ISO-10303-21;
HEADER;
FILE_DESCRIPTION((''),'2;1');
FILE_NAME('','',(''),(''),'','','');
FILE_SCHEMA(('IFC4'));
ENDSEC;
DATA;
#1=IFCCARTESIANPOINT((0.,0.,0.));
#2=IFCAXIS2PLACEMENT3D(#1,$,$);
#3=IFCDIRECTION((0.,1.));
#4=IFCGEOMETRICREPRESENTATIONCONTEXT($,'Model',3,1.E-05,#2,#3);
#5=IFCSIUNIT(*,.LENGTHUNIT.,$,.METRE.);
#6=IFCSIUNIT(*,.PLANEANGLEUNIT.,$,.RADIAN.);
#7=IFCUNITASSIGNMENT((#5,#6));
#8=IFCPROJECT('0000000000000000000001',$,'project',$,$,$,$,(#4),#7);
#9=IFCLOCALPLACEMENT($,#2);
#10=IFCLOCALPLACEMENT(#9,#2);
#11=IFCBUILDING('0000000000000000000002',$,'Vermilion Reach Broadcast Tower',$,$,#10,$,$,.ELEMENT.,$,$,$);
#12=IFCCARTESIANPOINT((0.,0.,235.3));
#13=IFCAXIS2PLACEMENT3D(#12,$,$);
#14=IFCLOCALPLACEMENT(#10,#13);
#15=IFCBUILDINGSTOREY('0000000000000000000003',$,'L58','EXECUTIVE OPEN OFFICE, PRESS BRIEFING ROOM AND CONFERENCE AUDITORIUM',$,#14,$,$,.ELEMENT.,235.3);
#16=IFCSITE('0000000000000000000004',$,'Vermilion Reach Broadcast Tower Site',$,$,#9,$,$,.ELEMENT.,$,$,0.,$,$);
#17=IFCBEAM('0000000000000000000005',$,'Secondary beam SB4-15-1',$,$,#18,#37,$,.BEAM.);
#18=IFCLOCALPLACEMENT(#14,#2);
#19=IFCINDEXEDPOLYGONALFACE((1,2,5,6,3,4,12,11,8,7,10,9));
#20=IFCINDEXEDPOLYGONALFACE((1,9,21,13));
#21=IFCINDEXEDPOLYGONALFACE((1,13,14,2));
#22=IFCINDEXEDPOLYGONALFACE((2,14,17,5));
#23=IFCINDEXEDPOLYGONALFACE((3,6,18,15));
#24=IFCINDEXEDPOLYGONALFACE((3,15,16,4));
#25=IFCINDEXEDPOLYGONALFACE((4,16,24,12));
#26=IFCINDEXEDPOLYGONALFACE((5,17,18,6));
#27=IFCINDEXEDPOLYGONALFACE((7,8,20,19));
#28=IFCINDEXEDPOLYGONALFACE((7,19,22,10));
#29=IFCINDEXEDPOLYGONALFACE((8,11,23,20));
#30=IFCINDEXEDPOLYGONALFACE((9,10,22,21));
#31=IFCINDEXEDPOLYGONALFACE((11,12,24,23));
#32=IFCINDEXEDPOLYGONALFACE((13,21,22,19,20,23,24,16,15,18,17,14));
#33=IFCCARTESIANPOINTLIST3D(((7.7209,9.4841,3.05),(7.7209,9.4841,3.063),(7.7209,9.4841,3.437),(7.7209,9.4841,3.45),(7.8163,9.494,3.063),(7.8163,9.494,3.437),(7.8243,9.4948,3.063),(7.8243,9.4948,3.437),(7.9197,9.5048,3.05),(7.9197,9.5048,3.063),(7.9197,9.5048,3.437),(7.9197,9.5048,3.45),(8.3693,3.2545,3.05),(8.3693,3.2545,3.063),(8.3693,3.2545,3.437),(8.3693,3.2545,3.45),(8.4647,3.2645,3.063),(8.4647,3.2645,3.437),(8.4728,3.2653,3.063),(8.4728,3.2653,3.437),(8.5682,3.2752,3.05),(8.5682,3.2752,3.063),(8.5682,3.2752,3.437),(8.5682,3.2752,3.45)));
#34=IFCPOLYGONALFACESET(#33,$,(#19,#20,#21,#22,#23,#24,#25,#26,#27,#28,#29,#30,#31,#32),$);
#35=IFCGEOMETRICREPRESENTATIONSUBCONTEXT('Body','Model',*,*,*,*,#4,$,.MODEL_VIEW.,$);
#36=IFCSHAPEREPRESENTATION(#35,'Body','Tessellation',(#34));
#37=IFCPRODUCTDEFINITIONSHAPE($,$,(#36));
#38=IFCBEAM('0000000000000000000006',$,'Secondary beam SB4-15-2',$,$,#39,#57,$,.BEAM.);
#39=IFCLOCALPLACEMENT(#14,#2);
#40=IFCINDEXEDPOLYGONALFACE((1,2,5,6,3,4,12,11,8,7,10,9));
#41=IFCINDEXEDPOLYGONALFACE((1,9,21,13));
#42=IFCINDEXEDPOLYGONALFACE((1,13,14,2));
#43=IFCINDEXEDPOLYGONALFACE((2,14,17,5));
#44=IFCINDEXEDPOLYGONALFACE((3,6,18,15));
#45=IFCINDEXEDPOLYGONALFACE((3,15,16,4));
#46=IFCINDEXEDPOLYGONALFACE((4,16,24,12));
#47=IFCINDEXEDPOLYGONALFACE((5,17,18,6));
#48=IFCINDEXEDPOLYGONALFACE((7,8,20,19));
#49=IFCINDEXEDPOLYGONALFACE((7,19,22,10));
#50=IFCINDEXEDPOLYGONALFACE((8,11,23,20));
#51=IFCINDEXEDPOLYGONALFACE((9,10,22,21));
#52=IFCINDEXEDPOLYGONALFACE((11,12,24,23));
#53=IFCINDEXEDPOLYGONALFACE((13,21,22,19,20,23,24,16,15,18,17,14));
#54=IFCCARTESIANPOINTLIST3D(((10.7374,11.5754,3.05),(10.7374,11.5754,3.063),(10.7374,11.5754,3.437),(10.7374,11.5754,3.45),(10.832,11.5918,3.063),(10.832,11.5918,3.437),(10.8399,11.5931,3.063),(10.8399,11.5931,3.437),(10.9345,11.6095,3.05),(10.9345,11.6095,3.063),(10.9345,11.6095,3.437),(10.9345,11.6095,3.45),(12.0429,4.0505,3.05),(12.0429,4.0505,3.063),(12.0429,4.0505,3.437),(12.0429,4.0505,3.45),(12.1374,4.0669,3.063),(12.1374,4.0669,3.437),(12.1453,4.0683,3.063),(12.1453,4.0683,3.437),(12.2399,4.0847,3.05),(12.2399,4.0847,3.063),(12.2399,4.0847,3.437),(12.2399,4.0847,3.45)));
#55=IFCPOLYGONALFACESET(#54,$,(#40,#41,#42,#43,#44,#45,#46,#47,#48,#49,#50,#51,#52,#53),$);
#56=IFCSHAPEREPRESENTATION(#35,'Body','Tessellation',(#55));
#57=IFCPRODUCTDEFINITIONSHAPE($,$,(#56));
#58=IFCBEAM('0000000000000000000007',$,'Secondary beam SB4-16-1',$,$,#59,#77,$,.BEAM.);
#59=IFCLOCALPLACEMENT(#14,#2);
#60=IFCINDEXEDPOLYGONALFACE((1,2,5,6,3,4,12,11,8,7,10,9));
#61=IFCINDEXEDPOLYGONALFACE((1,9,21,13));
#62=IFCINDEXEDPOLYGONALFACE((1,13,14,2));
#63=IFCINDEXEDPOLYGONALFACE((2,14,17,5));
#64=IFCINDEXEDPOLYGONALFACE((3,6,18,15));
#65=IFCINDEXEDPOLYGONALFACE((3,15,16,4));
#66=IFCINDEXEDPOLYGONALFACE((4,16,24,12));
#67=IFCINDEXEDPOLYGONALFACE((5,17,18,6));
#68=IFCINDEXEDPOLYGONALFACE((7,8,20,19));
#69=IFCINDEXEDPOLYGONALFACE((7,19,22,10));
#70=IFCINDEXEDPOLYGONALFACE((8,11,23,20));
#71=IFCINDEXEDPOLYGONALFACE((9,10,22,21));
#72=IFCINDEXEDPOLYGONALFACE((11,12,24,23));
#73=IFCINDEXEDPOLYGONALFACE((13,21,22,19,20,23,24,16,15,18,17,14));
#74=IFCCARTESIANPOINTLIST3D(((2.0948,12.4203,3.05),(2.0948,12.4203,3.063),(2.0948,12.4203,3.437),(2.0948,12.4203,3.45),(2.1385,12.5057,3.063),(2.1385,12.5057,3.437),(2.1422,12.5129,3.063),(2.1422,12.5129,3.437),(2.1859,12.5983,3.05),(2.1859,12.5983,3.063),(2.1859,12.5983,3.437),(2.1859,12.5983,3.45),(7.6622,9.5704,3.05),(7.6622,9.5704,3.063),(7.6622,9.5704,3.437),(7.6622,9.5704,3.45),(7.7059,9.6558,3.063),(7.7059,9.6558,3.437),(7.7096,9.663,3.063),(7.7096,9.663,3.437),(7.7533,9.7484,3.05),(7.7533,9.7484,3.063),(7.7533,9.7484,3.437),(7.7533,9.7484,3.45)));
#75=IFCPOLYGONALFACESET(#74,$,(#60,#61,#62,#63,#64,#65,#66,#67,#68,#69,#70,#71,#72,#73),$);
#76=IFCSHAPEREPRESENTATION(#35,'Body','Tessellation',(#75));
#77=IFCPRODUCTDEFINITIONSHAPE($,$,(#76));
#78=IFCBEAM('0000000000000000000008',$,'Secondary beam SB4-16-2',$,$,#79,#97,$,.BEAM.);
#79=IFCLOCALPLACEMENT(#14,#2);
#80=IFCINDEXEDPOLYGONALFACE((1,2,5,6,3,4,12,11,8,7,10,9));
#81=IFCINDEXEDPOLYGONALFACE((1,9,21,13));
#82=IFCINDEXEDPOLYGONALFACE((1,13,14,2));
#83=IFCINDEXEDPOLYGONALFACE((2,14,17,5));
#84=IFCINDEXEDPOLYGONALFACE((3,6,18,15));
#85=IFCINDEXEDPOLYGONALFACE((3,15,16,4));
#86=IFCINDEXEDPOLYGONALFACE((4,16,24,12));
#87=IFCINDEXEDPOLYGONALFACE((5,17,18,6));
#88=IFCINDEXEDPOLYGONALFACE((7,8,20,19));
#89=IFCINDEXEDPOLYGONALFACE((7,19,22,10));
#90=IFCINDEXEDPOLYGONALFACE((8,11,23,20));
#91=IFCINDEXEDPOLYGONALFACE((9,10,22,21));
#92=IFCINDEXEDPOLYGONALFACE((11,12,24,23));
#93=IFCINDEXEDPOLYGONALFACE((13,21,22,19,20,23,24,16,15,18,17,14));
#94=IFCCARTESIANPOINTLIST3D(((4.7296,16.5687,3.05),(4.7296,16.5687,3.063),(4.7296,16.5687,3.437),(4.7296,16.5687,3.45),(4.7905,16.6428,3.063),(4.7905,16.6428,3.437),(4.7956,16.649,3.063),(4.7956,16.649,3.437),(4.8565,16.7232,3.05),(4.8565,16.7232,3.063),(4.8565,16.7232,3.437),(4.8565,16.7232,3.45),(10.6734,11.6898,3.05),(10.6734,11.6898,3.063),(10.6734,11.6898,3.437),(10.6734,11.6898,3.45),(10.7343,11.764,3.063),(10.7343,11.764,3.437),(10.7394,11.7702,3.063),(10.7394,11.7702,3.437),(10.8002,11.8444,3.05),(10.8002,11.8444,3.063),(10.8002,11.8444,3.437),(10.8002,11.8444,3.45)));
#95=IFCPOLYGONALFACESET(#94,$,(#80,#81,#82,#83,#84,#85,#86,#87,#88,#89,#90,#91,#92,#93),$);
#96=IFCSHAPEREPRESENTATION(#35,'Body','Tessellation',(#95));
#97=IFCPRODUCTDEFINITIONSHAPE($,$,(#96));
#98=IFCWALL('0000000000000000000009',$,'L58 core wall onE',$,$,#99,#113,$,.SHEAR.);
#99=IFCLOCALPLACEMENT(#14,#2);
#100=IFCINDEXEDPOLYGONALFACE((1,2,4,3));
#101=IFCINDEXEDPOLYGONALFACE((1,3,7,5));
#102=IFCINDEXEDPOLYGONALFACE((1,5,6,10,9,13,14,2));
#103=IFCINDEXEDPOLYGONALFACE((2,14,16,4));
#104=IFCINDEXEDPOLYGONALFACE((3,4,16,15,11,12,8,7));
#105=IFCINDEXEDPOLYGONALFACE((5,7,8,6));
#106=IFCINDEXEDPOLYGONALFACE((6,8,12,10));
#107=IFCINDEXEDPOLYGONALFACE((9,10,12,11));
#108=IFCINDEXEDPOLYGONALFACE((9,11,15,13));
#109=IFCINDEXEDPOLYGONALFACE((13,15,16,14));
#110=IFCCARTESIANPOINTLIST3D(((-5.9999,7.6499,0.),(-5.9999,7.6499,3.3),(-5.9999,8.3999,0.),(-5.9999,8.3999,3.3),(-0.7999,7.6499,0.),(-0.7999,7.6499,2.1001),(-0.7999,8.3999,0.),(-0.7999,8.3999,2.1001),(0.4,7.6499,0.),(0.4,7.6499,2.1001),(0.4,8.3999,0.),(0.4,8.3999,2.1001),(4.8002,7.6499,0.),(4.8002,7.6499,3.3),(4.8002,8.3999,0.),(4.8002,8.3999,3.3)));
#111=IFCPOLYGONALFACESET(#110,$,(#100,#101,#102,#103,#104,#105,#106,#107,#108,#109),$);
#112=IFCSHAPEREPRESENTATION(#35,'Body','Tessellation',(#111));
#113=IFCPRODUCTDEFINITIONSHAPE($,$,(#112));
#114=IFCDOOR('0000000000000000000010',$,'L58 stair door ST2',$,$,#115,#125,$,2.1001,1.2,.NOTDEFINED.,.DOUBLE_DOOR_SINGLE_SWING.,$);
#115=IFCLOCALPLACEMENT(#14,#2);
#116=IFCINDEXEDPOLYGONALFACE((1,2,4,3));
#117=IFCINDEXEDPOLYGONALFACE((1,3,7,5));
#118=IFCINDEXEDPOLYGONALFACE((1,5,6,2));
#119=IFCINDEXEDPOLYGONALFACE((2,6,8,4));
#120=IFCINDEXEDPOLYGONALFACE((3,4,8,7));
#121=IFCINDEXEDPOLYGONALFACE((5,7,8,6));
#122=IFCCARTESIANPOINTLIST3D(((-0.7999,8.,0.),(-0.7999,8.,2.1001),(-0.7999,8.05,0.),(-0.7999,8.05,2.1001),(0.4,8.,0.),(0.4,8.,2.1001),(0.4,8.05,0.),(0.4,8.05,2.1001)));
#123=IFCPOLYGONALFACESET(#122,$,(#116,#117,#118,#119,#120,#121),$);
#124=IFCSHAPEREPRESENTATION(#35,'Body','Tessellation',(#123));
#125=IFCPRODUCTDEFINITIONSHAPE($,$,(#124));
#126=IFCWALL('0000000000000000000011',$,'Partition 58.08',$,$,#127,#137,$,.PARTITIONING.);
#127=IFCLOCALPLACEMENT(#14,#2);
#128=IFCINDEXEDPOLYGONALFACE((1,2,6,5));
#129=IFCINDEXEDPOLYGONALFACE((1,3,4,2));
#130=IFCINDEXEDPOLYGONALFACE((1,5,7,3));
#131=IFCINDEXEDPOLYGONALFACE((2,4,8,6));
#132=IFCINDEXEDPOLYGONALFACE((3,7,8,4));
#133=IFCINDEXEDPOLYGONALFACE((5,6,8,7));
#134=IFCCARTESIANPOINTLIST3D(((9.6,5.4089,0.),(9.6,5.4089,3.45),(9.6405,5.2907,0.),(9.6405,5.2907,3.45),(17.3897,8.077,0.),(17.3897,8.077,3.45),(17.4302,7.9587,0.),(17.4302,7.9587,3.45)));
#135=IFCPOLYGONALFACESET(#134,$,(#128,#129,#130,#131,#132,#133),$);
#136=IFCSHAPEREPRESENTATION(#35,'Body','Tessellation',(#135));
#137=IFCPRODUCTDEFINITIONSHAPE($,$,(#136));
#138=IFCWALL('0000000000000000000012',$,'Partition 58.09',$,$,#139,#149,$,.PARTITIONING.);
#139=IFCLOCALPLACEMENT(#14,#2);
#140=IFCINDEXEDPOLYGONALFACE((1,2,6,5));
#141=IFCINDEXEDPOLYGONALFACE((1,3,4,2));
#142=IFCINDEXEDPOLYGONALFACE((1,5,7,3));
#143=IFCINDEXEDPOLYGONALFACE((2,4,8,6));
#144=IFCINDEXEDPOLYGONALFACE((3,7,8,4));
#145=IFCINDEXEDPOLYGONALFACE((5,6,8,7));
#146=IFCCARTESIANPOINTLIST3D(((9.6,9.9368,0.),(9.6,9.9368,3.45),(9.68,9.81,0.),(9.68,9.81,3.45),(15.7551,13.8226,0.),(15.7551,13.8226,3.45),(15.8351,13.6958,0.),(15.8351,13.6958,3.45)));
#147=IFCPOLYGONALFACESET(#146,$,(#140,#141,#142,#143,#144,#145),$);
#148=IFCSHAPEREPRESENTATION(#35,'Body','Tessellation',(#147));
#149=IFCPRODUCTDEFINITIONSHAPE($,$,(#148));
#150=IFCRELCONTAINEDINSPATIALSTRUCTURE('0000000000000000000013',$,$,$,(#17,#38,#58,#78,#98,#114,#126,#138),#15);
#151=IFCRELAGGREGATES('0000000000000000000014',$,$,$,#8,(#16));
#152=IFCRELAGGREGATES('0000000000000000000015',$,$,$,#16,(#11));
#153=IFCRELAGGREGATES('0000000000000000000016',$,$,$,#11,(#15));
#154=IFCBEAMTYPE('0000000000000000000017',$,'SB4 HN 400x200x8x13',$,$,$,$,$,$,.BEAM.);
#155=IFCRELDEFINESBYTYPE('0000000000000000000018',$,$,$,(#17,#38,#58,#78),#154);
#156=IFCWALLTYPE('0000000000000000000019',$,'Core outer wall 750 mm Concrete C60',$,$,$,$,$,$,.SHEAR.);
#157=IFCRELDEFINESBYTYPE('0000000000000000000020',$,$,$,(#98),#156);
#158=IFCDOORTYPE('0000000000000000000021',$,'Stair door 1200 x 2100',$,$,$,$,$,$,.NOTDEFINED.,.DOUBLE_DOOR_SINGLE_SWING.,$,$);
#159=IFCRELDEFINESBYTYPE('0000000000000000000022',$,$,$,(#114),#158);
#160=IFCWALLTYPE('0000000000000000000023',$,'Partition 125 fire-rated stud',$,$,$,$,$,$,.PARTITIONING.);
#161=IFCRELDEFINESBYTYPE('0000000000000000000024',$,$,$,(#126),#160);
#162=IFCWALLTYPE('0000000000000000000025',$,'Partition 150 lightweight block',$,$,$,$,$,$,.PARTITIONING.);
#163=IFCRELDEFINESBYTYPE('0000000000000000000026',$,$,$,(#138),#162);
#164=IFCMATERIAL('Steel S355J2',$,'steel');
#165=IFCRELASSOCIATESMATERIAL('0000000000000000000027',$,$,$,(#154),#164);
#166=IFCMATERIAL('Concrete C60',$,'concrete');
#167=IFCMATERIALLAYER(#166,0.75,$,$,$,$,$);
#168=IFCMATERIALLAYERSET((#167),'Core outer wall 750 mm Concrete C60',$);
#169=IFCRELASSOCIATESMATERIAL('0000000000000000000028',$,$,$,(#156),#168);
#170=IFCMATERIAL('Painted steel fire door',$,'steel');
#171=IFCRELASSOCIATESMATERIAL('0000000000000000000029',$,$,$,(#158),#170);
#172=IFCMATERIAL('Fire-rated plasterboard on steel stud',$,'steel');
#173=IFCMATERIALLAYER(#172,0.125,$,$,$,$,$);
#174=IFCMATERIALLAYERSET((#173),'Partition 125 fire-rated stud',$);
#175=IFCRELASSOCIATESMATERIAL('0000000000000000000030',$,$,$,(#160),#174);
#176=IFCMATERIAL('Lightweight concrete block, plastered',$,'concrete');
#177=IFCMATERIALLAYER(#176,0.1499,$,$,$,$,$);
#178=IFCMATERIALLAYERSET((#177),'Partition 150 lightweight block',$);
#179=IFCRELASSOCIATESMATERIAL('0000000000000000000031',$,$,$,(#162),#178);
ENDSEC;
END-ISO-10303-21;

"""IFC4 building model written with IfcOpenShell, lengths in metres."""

from ifc_helpers import new_model, si_unit, direction, frame, frame_2d, origin, origin_2d, place, context, subcontext, project, spatial, rectangle, i_section, extrude, material, layer, layer_set, material_profile, profile_set, type_object, element, fill, save


model = new_model("IFC4")

# Units and contexts
model_context = context("Model", 3, precision=1e-05, world=origin(), true_north=direction((0.0, 1.0)))
body_context = subcontext(model_context, "Body", "Model", "MODEL_VIEW")
ifc_project = project(units=[si_unit("LENGTHUNIT", "METRE"), si_unit("PLANEANGLEUNIT", "RADIAN")], contexts=[model_context])

# Site, building, storey
site_placement = place(None, origin())
site = spatial("IfcSite", under=ifc_project, at=site_placement, Name="Vermilion Reach Broadcast Tower Site", CompositionType="ELEMENT", RefElevation=0.0)
building_placement = place(site_placement, origin())
building = spatial("IfcBuilding", under=site, at=building_placement, Name="Vermilion Reach Broadcast Tower", CompositionType="ELEMENT")
storey_placement = place(building_placement, frame((0.0, 0.0, 235.3)))
storey = spatial("IfcBuildingStorey", under=building, at=storey_placement, Name="L58", Description="EXECUTIVE OPEN OFFICE, PRESS BRIEFING ROOM AND CONFERENCE AUDITORIUM", CompositionType="ELEMENT", Elevation=235.3)

# Beams
ifc_material_1 = material(Name="Steel S355J2", Category="steel")
ifc_material_profile_1 = material_profile(ifc_material_1, i_section(OverallWidth=0.2, OverallDepth=0.3999, WebThickness=0.0081, FlangeThickness=0.0129, at=origin_2d()), Name="S355J2 HN 400x200x8x13")
ifc_profile_set_1 = profile_set([ifc_material_profile_1], Name="Steel S355J2")
beam_type_1 = type_object("IfcBeamType", Name="SB4 HN 400x200x8x13", PredefinedType="BEAM", material=ifc_profile_set_1)
beam_1_placement = place(storey_placement, frame((8.4688, 3.2649, 3.25), z_axis=(-0.103532, 0.994626, 0.0), x_axis=(-0.994626, -0.103532, 0.0)))
element("IfcBeam", 1, at=beam_1_placement, inside=storey, type_object=beam_type_1, Name="Secondary beam SB4-15-1", PredefinedType="BEAM", context=body_context, shape_type="SweptSolid", body=[
    extrude(i_section(OverallWidth=0.2, OverallDepth=0.3999, WebThickness=0.0081, FlangeThickness=0.0129, at=origin_2d()), origin(), (0.0, 0.0, 1.0), 6.2632),
])
beam_2_placement = place(storey_placement, frame((12.1414, 4.0676, 3.25), z_axis=(-0.170927, 0.985284, 0.0), x_axis=(-0.985284, -0.170927, 0.0)))
element("IfcBeam", 2, at=beam_2_placement, inside=storey, type_object=beam_type_1, Name="Secondary beam SB4-15-2", PredefinedType="BEAM", context=body_context, shape_type="SweptSolid", body=[
    extrude(i_section(OverallWidth=0.2, OverallDepth=0.3999, WebThickness=0.0081, FlangeThickness=0.0129, at=origin_2d()), origin(), (0.0, 0.0, 1.0), 7.6372),
])
beam_3_placement = place(storey_placement, frame((7.7078, 9.6594, 3.25), z_axis=(-0.890156, 0.455656, 0.0), x_axis=(-0.455656, -0.890156, 0.0)))
element("IfcBeam", 3, at=beam_3_placement, inside=storey, type_object=beam_type_1, Name="Secondary beam SB4-16-1", PredefinedType="BEAM", context=body_context, shape_type="SweptSolid", body=[
    extrude(i_section(OverallWidth=0.2, OverallDepth=0.3999, WebThickness=0.0081, FlangeThickness=0.0129, at=origin_2d()), origin(), (0.0, 0.0, 1.0), 6.2544),
])
beam_4_placement = place(storey_placement, frame((10.7368, 11.7671, 3.25), z_axis=(-0.772952, 0.634465, 0.0), x_axis=(-0.634465, -0.772952, 0.0)))
element("IfcBeam", 4, at=beam_4_placement, inside=storey, type_object=beam_type_1, Name="Secondary beam SB4-16-2", PredefinedType="BEAM", context=body_context, shape_type="SweptSolid", body=[
    extrude(i_section(OverallWidth=0.2, OverallDepth=0.3999, WebThickness=0.0081, FlangeThickness=0.0129, at=origin_2d()), origin(), (0.0, 0.0, 1.0), 7.6897),
])

# Wall, opening, door
ifc_material_2 = material(Name="Concrete C60", Category="concrete")
ifc_layer_1 = layer(ifc_material_2, 0.75)
ifc_layer_set_1 = layer_set([ifc_layer_1], Name="Core outer wall 750 mm Concrete C60")
wall_type_1 = type_object("IfcWallType", Name="Core outer wall 750 mm Concrete C60", PredefinedType="SHEAR", material=ifc_layer_set_1)
wall_1_placement = place(storey_placement, frame((4.8, 8.0249, 0.0), z_axis=(0.0, 0.0, 1.0), x_axis=(-1.0, 0.0, 0.0)))
wall_1 = element("IfcWall", 5, at=wall_1_placement, inside=storey, type_object=wall_type_1, Name="L58 core wall onE", PredefinedType="SHEAR", context=body_context, shape_type="SweptSolid", body=[
    extrude(rectangle(XDim=10.8, YDim=0.75, at=frame_2d((5.3999, 0.0))), origin(), (0.0, 0.0, 1.0), 3.3),
])
opening_1_placement = place(wall_1_placement, frame((4.3999, 0.0, 0.0)))
opening_1 = element("IfcOpeningElement", 6, at=opening_1_placement, cuts=wall_1, PredefinedType="OPENING", context=body_context, shape_type="SweptSolid", body=[
    extrude(rectangle(XDim=1.2, YDim=2.1001, at=frame_2d((0.6001, 1.05))), frame((0.0, 0.385, 0.0), z_axis=(0.0, -1.0, 0.0), x_axis=(1.0, 0.0, 0.0)), (0.0, 0.0, 1.0), 0.77),
])
ifc_material_3 = material(Name="Painted steel fire door", Category="steel")
door_type_1 = type_object("IfcDoorType", Name="Stair door 1200 x 2100", OperationType="DOUBLE_DOOR_SINGLE_SWING", PredefinedType="NOTDEFINED", material=ifc_material_3)
door_1_placement = place(opening_1_placement, origin())
door_1 = element("IfcDoor", 7, at=door_1_placement, inside=storey, type_object=door_type_1, Name="L58 stair door ST2", OperationType="DOUBLE_DOOR_SINGLE_SWING", OverallHeight=2.1001, OverallWidth=1.2, PredefinedType="NOTDEFINED", context=body_context, shape_type="SweptSolid", body=[
    extrude(rectangle(XDim=1.2, YDim=2.1001, at=frame_2d((0.6001, 1.05))), frame((0.0, 0.0249, 0.0), z_axis=(0.0, -1.0, 0.0), x_axis=(1.0, 0.0, 0.0)), (0.0, 0.0, 1.0), 0.05),
])
fill(opening_1, door_1)

# Walls
ifc_material_4 = material(Name="Fire-rated plasterboard on steel stud", Category="steel")
ifc_layer_2 = layer(ifc_material_4, 0.125)
ifc_layer_set_2 = layer_set([ifc_layer_2], Name="Partition 125 fire-rated stud")
wall_type_2 = type_object("IfcWallType", Name="Partition 125 fire-rated stud", PredefinedType="PARTITIONING", material=ifc_layer_set_2)
wall_2_placement = place(storey_placement, frame((17.4099, 8.0178, 0.0), z_axis=(0.0, 0.0, 1.0), x_axis=(-0.946048, -0.324027, 0.0)))
element("IfcWall", 8, at=wall_2_placement, inside=storey, type_object=wall_type_2, Name="Partition 58.08", PredefinedType="PARTITIONING", context=body_context, shape_type="SweptSolid", body=[
    extrude(rectangle(XDim=8.2339, YDim=0.125, at=frame_2d((4.1169, 0.0))), origin(), (0.0, 0.0, 1.0), 3.45),
])
ifc_material_5 = material(Name="Lightweight concrete block, plastered", Category="concrete")
ifc_layer_3 = layer(ifc_material_5, 0.1499)
ifc_layer_set_3 = layer_set([ifc_layer_3], Name="Partition 150 lightweight block")
wall_type_3 = type_object("IfcWallType", Name="Partition 150 lightweight block", PredefinedType="PARTITIONING", material=ifc_layer_set_3)
wall_3_placement = place(storey_placement, frame((15.7952, 13.7593, 0.0), z_axis=(0.0, 0.0, 1.0), x_axis=(-0.845591, -0.533831, 0.0)))
element("IfcWall", 9, at=wall_3_placement, inside=storey, type_object=wall_type_3, Name="Partition 58.09", PredefinedType="PARTITIONING", context=body_context, shape_type="SweptSolid", body=[
    extrude(rectangle(XDim=7.2791, YDim=0.1499, at=frame_2d((3.6396, 0.0))), origin(), (0.0, 0.0, 1.0), 3.45),
])

save(model, "model.ifc")
